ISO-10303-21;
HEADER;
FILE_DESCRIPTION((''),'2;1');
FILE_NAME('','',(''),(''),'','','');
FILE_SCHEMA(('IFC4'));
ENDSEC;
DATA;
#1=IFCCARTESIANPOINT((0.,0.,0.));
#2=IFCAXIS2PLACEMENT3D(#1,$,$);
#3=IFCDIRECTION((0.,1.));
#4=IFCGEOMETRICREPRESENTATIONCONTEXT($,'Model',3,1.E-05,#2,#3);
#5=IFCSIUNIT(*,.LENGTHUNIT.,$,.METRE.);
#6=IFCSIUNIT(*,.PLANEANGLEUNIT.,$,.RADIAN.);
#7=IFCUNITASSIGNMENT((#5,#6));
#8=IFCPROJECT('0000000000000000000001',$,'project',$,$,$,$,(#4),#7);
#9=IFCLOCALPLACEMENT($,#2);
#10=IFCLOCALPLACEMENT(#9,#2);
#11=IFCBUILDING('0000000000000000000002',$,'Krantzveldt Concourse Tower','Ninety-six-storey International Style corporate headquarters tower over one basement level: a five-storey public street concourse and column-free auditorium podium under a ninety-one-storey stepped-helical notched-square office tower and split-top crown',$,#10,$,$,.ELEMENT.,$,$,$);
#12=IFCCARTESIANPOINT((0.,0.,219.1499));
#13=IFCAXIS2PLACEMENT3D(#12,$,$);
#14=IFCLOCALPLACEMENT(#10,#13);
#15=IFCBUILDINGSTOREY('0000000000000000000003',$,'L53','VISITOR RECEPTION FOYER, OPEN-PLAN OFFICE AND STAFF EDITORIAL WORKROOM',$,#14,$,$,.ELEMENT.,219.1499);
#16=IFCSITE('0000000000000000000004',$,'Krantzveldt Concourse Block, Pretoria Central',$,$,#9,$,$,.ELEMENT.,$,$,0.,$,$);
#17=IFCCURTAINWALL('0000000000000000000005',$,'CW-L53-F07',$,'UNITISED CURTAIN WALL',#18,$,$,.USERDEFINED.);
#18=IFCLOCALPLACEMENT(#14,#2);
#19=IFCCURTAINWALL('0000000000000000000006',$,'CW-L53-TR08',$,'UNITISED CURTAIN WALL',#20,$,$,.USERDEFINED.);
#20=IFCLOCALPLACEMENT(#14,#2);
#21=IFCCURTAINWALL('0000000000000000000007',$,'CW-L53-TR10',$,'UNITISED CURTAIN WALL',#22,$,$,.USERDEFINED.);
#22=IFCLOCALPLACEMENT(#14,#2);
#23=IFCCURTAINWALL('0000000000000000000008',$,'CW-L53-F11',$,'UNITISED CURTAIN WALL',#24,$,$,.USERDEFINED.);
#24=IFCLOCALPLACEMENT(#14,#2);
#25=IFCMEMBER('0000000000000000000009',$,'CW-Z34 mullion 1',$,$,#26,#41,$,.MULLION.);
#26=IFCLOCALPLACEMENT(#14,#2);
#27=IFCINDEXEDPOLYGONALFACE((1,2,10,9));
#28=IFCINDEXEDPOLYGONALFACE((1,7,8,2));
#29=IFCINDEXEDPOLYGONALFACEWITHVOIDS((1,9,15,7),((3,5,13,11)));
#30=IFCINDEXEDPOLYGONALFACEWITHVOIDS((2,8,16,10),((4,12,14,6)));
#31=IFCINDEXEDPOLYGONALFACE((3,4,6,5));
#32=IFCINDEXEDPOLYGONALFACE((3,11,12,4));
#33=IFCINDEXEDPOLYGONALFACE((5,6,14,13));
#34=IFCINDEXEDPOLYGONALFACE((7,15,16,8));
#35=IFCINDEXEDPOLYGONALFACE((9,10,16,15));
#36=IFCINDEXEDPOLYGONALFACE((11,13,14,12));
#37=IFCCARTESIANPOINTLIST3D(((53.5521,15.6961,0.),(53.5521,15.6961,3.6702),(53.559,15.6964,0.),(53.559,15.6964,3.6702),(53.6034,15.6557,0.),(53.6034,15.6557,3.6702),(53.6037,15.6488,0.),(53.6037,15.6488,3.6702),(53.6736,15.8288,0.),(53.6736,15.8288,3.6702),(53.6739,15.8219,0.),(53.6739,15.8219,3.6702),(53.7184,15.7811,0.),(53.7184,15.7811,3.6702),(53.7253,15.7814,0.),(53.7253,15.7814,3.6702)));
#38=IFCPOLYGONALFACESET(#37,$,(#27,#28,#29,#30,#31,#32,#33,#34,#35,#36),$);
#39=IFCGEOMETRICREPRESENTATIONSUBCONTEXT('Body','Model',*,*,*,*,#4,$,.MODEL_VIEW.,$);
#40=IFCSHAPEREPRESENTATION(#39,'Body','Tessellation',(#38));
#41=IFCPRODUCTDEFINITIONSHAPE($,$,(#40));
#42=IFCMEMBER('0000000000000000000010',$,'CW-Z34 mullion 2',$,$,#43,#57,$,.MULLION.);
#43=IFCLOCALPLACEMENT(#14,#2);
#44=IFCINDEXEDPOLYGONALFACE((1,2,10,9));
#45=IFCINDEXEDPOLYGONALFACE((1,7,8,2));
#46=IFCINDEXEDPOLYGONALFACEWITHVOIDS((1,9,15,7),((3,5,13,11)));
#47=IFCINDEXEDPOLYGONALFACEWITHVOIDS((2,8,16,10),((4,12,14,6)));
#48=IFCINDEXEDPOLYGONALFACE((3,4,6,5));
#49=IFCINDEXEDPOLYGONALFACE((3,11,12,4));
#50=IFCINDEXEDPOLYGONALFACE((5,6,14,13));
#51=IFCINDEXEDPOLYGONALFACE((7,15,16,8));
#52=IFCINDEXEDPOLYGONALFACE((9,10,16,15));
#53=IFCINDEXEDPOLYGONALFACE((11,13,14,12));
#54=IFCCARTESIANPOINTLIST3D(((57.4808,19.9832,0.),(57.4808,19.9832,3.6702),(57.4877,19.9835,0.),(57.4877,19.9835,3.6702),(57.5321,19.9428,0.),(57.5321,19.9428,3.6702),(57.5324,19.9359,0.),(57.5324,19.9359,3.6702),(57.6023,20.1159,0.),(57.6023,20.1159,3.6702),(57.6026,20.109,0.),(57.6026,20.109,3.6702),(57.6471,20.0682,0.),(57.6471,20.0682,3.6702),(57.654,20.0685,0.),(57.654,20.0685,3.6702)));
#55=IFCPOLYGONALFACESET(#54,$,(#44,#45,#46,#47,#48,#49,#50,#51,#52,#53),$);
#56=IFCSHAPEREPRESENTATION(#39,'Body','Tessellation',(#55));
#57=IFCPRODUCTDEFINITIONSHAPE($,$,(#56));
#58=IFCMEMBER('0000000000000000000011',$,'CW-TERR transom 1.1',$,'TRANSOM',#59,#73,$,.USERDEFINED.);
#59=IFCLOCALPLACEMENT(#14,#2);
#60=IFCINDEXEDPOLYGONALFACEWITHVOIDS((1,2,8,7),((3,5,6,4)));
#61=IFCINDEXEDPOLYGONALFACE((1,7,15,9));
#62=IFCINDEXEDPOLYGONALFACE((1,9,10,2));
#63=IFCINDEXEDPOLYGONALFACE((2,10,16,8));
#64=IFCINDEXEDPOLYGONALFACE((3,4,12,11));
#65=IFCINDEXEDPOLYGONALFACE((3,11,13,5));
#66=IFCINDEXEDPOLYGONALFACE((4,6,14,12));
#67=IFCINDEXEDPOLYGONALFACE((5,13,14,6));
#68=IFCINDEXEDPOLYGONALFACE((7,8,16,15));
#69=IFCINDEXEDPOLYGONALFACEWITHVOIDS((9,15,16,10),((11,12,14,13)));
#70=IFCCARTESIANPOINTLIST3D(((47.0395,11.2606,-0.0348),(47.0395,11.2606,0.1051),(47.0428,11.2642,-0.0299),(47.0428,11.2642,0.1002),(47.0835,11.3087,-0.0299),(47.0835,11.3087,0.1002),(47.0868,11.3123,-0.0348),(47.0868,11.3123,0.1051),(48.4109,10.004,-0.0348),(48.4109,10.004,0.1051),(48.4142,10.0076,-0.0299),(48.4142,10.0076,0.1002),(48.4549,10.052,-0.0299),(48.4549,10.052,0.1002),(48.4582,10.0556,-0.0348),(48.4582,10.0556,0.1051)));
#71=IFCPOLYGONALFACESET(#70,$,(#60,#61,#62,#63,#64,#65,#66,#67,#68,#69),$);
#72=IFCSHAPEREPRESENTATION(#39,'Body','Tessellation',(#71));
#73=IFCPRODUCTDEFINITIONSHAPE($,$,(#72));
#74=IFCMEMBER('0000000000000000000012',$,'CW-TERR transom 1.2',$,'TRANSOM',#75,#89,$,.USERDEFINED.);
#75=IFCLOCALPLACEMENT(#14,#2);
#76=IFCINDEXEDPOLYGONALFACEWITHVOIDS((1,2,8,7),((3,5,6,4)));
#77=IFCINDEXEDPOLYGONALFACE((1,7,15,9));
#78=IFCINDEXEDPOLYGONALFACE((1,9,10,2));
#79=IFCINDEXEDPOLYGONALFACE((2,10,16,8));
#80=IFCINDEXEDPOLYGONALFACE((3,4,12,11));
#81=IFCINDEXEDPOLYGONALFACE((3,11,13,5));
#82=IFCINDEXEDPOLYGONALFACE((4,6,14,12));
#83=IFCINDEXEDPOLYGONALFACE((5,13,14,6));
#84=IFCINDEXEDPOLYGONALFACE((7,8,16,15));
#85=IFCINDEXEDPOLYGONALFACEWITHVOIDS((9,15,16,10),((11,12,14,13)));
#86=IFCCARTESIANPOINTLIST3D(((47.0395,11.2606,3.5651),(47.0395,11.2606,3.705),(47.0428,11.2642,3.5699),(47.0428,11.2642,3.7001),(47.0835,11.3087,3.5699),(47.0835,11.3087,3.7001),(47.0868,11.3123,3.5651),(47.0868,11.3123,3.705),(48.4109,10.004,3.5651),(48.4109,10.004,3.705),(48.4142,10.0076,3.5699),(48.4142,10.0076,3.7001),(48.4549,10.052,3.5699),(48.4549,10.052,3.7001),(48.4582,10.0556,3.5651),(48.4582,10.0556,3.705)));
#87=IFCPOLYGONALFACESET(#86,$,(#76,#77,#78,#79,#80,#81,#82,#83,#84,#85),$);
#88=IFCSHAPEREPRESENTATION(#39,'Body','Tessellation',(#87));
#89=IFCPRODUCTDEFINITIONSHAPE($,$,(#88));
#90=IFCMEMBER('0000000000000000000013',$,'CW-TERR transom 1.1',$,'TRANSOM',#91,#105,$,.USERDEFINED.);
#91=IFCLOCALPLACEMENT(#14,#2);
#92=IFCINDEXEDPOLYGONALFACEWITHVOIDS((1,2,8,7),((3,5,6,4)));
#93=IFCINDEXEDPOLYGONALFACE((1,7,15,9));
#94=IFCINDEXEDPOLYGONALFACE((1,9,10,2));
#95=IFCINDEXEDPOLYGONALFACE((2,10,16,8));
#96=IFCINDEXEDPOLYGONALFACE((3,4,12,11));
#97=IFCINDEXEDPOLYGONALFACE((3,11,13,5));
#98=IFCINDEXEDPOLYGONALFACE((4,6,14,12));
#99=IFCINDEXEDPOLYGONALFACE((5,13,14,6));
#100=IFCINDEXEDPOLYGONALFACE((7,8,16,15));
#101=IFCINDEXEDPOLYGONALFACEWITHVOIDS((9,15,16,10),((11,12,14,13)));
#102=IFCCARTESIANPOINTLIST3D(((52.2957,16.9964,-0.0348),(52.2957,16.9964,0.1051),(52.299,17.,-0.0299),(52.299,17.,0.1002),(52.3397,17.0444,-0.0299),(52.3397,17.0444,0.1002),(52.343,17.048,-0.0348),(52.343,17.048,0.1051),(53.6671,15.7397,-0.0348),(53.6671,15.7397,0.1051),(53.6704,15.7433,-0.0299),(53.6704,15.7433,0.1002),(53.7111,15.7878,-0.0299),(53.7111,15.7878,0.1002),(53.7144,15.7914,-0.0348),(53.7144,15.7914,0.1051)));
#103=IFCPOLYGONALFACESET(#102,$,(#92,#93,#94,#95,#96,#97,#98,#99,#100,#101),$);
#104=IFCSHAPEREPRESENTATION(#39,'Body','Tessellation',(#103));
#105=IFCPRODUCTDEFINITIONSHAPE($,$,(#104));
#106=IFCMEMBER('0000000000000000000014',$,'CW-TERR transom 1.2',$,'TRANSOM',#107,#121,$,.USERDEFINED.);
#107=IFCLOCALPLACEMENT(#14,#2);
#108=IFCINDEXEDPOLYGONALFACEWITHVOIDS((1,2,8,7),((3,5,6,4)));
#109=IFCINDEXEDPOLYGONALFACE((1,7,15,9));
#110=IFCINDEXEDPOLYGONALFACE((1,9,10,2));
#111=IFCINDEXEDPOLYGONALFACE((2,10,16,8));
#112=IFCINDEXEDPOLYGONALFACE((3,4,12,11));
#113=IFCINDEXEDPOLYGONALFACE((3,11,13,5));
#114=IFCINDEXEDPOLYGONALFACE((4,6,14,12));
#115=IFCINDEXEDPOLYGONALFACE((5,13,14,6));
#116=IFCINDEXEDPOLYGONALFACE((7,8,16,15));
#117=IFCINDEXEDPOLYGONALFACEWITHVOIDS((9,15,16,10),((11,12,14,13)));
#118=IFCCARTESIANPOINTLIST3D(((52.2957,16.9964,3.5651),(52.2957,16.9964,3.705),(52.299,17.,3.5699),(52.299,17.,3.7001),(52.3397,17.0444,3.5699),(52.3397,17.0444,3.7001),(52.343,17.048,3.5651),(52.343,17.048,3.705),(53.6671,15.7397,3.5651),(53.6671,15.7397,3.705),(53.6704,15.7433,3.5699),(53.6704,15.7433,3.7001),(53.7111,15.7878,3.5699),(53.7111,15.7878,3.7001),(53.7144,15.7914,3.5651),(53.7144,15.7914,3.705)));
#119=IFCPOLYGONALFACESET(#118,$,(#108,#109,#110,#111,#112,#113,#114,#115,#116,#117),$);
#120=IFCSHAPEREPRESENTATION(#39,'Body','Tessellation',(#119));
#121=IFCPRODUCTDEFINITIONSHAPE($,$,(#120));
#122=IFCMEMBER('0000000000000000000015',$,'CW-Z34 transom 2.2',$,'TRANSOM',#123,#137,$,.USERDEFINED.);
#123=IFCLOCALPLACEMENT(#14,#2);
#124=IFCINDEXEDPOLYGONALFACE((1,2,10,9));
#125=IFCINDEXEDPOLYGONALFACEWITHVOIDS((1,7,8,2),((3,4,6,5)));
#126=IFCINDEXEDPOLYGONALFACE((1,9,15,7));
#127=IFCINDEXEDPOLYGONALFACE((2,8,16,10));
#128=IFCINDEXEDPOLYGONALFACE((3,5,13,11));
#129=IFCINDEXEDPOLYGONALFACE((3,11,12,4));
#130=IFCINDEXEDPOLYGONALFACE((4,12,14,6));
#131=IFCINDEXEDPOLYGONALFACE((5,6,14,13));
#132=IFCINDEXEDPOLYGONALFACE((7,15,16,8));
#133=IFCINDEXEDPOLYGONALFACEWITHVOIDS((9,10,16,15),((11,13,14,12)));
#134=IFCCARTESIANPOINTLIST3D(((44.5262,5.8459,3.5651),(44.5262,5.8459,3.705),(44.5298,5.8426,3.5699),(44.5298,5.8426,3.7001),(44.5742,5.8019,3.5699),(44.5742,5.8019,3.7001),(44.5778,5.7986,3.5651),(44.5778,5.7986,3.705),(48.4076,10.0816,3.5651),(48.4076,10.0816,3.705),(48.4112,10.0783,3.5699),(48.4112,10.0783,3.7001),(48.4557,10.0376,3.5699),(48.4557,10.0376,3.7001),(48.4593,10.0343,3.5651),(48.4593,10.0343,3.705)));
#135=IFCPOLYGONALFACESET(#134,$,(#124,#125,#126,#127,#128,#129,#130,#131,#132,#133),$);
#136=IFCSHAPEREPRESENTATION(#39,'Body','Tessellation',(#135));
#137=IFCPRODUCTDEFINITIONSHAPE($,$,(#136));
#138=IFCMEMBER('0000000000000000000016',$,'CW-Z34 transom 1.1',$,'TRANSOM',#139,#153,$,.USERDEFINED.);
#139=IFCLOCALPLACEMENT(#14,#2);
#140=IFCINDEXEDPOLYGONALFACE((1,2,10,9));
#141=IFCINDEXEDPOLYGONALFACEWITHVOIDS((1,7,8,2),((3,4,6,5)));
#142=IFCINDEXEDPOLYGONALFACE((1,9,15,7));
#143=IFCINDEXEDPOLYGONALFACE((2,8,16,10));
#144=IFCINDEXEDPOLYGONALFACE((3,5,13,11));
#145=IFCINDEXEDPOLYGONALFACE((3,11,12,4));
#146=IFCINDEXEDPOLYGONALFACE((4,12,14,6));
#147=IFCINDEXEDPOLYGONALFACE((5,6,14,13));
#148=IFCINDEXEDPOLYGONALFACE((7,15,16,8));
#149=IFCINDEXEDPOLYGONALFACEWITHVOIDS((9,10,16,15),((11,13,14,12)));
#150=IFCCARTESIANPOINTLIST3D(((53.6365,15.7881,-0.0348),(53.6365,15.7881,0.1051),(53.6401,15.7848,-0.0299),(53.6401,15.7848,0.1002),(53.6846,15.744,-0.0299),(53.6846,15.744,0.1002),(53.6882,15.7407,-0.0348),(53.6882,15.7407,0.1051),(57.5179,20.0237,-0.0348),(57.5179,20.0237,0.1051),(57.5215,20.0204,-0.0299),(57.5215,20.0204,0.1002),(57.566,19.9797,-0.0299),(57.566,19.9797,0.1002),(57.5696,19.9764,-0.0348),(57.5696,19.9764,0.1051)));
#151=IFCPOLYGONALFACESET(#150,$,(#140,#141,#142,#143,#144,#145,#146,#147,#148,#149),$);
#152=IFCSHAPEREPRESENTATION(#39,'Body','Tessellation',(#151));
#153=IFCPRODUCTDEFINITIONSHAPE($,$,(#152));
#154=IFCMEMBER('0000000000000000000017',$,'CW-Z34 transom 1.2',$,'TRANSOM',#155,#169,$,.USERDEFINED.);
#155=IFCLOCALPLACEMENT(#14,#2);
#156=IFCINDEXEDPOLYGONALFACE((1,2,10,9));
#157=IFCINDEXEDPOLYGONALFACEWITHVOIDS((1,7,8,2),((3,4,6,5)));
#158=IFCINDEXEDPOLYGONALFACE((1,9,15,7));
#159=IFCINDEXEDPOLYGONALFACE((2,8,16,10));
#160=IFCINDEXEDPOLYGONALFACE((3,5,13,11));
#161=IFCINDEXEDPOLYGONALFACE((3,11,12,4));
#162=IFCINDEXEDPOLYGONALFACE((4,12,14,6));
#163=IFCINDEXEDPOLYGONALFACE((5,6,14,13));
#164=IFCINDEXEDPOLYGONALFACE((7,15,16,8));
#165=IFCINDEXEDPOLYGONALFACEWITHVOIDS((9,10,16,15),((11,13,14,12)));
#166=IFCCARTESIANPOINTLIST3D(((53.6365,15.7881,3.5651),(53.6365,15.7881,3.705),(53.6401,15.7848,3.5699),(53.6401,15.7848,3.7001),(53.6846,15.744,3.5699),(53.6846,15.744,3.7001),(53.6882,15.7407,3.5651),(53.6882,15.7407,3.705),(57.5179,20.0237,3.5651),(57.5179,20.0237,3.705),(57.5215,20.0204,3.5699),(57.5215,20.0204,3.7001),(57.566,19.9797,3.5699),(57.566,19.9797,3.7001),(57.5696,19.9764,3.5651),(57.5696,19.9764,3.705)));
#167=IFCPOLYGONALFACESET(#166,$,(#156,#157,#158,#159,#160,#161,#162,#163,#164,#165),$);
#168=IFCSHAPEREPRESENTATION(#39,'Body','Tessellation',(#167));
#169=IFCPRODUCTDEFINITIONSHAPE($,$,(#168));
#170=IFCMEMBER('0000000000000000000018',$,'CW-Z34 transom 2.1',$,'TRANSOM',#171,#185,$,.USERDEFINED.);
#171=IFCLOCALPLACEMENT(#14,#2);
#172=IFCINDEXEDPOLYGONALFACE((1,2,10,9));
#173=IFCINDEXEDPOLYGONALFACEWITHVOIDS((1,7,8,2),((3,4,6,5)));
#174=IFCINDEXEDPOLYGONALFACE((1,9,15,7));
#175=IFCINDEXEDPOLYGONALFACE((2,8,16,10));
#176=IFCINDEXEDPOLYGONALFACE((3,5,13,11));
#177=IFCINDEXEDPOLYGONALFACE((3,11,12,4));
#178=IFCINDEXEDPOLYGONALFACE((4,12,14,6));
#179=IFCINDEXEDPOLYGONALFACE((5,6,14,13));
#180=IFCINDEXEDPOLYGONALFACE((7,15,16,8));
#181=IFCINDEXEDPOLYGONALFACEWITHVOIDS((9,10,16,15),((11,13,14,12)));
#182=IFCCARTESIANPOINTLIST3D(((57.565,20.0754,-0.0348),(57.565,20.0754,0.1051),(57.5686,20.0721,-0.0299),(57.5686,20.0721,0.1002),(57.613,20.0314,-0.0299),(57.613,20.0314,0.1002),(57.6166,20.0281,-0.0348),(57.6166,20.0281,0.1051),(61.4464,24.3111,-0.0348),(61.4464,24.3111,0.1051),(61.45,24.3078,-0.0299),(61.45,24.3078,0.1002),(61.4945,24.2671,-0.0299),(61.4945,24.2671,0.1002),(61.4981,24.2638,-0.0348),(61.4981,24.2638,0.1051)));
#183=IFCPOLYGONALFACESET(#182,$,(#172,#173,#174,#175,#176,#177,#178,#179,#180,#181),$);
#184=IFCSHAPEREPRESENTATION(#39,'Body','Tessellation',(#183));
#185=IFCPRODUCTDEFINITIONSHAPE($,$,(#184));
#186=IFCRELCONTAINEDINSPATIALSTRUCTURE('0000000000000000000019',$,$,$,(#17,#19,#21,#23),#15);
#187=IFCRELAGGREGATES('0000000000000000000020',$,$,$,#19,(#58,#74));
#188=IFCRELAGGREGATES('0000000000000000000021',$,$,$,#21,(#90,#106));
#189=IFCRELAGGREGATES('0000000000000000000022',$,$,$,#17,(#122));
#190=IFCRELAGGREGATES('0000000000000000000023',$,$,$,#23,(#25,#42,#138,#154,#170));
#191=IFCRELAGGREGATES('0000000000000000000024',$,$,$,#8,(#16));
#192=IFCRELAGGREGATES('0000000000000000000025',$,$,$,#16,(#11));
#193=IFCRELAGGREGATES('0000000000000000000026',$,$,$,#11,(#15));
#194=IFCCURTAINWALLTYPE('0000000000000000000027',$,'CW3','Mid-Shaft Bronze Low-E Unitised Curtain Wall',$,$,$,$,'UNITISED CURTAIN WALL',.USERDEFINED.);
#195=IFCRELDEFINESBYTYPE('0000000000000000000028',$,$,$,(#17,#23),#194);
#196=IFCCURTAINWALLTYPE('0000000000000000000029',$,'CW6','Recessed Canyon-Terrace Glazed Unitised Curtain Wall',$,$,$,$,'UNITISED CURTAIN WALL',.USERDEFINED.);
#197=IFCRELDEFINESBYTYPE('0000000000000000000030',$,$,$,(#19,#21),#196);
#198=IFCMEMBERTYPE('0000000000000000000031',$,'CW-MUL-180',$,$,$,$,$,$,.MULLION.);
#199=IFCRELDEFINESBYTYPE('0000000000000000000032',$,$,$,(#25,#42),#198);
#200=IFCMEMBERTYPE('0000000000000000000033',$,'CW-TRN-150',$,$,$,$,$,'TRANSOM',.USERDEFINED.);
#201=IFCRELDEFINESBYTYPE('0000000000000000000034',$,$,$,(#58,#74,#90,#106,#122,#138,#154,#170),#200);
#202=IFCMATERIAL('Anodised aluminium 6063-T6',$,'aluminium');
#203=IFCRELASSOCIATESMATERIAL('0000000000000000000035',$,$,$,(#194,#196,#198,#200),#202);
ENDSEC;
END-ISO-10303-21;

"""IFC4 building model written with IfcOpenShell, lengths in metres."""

from ifc_helpers import new_model, si_unit, direction, frame, origin, origin_2d, place, context, subcontext, project, spatial, hollow_rectangle, extrude, source, transform, mapped, material, material_profile, profile_set, type_object, type_shapes, element, aggregate, save


model = new_model("IFC4")

# Units and contexts
model_context = context("Model", 3, precision=1e-05, world=origin(), true_north=direction((0.0, 1.0)))
body_context = subcontext(model_context, "Body", "Model", "MODEL_VIEW")
ifc_project = project(units=[si_unit("LENGTHUNIT", "METRE"), si_unit("PLANEANGLEUNIT", "RADIAN")], contexts=[model_context])

# Site, building, storey
site_placement = place(None, origin())
site = spatial("IfcSite", under=ifc_project, at=site_placement, Name="Krantzveldt Concourse Block, Pretoria Central", CompositionType="ELEMENT", RefElevation=0.0)
building_placement = place(site_placement, origin())
building = spatial("IfcBuilding", under=site, at=building_placement, Name="Krantzveldt Concourse Tower", Description="Ninety-six-storey International Style corporate headquarters tower over one basement level: a five-storey public street concourse and column-free auditorium podium under a ninety-one-storey stepped-helical notched-square office tower and split-top crown", CompositionType="ELEMENT")
storey_placement = place(building_placement, frame((0.0, 0.0, 219.1499)))
storey = spatial("IfcBuildingStorey", under=building, at=storey_placement, Name="L53", Description="VISITOR RECEPTION FOYER, OPEN-PLAN OFFICE AND STAFF EDITORIAL WORKROOM", CompositionType="ELEMENT", Elevation=219.1499)

# Curtain wall
ifc_material_1 = material(Name="Anodised aluminium 6063-T6", Category="aluminium")
curtain_wall_type_1 = type_object("IfcCurtainWallType", Name="CW3", Description="Mid-Shaft Bronze Low-E Unitised Curtain Wall", ElementType="UNITISED CURTAIN WALL", PredefinedType="USERDEFINED", material=ifc_material_1)
curtain_wall_1_placement = place(storey_placement, origin())
curtain_wall_1 = element("IfcCurtainWall", 1, at=curtain_wall_1_placement, inside=storey, type_object=curtain_wall_type_1, Name="CW-L53-F07", ObjectType="UNITISED CURTAIN WALL", PredefinedType="USERDEFINED")
ifc_material_profile_1 = material_profile(ifc_material_1, hollow_rectangle(XDim=0.0701, YDim=0.1799, WallThickness=0.0049, at=origin_2d()), Name="Anodised aluminium 6063-T6", Category="aluminium")
ifc_profile_set_1 = profile_set([ifc_material_profile_1], Name="Anodised aluminium 6063-T6 - ALU-MULL 180x70x5")
member_type_1 = type_object("IfcMemberType", Name="CW-MUL-180", PredefinedType="MULLION", material=ifc_profile_set_1)
shared_shape_1 = source(origin(), body_context, "Body", "SweptSolid", [
    extrude(hollow_rectangle(XDim=0.0701, YDim=0.1799, WallThickness=0.0049, at=origin_2d()), origin(), (0.0, 0.0, 1.0), 3.6702),
])
type_shapes(member_type_1, [shared_shape_1])

# Curtain walls, members
curtain_wall_type_2 = type_object("IfcCurtainWallType", Name="CW6", Description="Recessed Canyon-Terrace Glazed Unitised Curtain Wall", ElementType="UNITISED CURTAIN WALL", PredefinedType="USERDEFINED", material=ifc_material_1)
curtain_wall_2_placement = place(storey_placement, origin())
curtain_wall_2 = element("IfcCurtainWall", 2, at=curtain_wall_2_placement, inside=storey, type_object=curtain_wall_type_2, Name="CW-L53-TR08", ObjectType="UNITISED CURTAIN WALL", PredefinedType="USERDEFINED")
curtain_wall_3_placement = place(storey_placement, origin())
curtain_wall_3 = element("IfcCurtainWall", 3, at=curtain_wall_3_placement, inside=storey, type_object=curtain_wall_type_2, Name="CW-L53-TR10", ObjectType="UNITISED CURTAIN WALL", PredefinedType="USERDEFINED")
curtain_wall_4_placement = place(storey_placement, origin())
curtain_wall_4 = element("IfcCurtainWall", 4, at=curtain_wall_4_placement, inside=storey, type_object=curtain_wall_type_1, Name="CW-L53-F11", ObjectType="UNITISED CURTAIN WALL", PredefinedType="USERDEFINED")
member_1_placement = place(storey_placement, frame((53.6387, 15.7388, 0.0), z_axis=(0.0, 0.0, 1.0), x_axis=(-0.737278, 0.67559, 0.0)))
member_1 = element("IfcMember", 5, at=member_1_placement, type_object=member_type_1, Name="CW-Z34 mullion 1", PredefinedType="MULLION", context=body_context, shape_type="MappedRepresentation", body=[
    mapped(shared_shape_1, transform((0.0, 0.0, 0.0), x_axis=(1.0, 0.0, 0.0), y_axis=(0.0, 1.0, 0.0), z_axis=(0.0, 0.0, 1.0), scale=1.0)),
])
member_2_placement = place(storey_placement, frame((57.5674, 20.0259, 0.0), z_axis=(0.0, 0.0, 1.0), x_axis=(-0.737278, 0.67559, 0.0)))
member_2 = element("IfcMember", 6, at=member_2_placement, type_object=member_type_1, Name="CW-Z34 mullion 2", PredefinedType="MULLION", context=body_context, shape_type="MappedRepresentation", body=[
    mapped(shared_shape_1, transform((0.0, 0.0, 0.0), x_axis=(1.0, 0.0, 0.0), y_axis=(0.0, 1.0, 0.0), z_axis=(0.0, 0.0, 1.0), scale=1.0)),
])

# Members
ifc_material_profile_2 = material_profile(ifc_material_1, hollow_rectangle(XDim=0.0701, YDim=0.1399, WallThickness=0.0049, at=origin_2d()), Name="Anodised aluminium 6063-T6", Category="aluminium")
ifc_profile_set_2 = profile_set([ifc_material_profile_2], Name="Anodised aluminium 6063-T6 - ALU-TRAN 140x70x5")
member_type_2 = type_object("IfcMemberType", Name="CW-TRN-150", ElementType="TRANSOM", PredefinedType="USERDEFINED", material=ifc_profile_set_2)
shared_shape_2 = source(origin(), body_context, "Body", "SweptSolid", [
    extrude(hollow_rectangle(XDim=0.0701, YDim=0.1399, WallThickness=0.0049, at=origin_2d()), origin(), (0.0, 0.0, 1.0), 1.8601),
])
member_3_placement = place(storey_placement, frame((48.4346, 10.0298, 0.0352), z_axis=(-0.737279, 0.675588, 0.0), x_axis=(-0.675588, -0.737279, 0.0)))
member_3 = element("IfcMember", 7, at=member_3_placement, type_object=member_type_2, Name="CW-TERR transom 1.1", ObjectType="TRANSOM", PredefinedType="USERDEFINED", context=body_context, shape_type="MappedRepresentation", body=[
    mapped(shared_shape_2, transform((0.0, 0.0, 0.0), x_axis=(1.0, 0.0, 0.0), y_axis=(0.0, 1.0, 0.0), z_axis=(0.0, 0.0, 1.0), scale=1.0)),
])
member_4_placement = place(storey_placement, frame((48.4346, 10.0298, 3.635), z_axis=(-0.737279, 0.675588, 0.0), x_axis=(-0.675588, -0.737279, 0.0)))
member_4 = element("IfcMember", 8, at=member_4_placement, type_object=member_type_2, Name="CW-TERR transom 1.2", ObjectType="TRANSOM", PredefinedType="USERDEFINED", context=body_context, shape_type="MappedRepresentation", body=[
    mapped(shared_shape_2, transform((0.0, 0.0, 0.0), x_axis=(1.0, 0.0, 0.0), y_axis=(0.0, 1.0, 0.0), z_axis=(0.0, 0.0, 1.0), scale=1.0)),
])
member_5_placement = place(storey_placement, frame((52.3193, 17.0222, 0.0352), z_axis=(0.737279, -0.675588, 0.0), x_axis=(0.675588, 0.737279, 0.0)))
member_5 = element("IfcMember", 9, at=member_5_placement, type_object=member_type_2, Name="CW-TERR transom 1.1", ObjectType="TRANSOM", PredefinedType="USERDEFINED", context=body_context, shape_type="MappedRepresentation", body=[
    mapped(shared_shape_2, transform((0.0, 0.0, 0.0), x_axis=(1.0, 0.0, 0.0), y_axis=(0.0, 1.0, 0.0), z_axis=(0.0, 0.0, 1.0), scale=1.0)),
])
member_6_placement = place(storey_placement, frame((52.3193, 17.0222, 3.635), z_axis=(0.737279, -0.675588, 0.0), x_axis=(0.675588, 0.737279, 0.0)))
member_6 = element("IfcMember", 10, at=member_6_placement, type_object=member_type_2, Name="CW-TERR transom 1.2", ObjectType="TRANSOM", PredefinedType="USERDEFINED", context=body_context, shape_type="MappedRepresentation", body=[
    mapped(shared_shape_2, transform((0.0, 0.0, 0.0), x_axis=(1.0, 0.0, 0.0), y_axis=(0.0, 1.0, 0.0), z_axis=(0.0, 0.0, 1.0), scale=1.0)),
])
shared_shape_3 = source(origin(), body_context, "Body", "SweptSolid", [
    extrude(hollow_rectangle(XDim=0.0701, YDim=0.1399, WallThickness=0.0049, at=origin_2d()), origin(), (0.0, 0.0, 1.0), 5.7451),
])
type_shapes(member_type_2, [shared_shape_2, shared_shape_3])
member_7_placement = place(storey_placement, frame((44.552, 5.8223, 3.635), z_axis=(0.675603, 0.737265, 0.0), x_axis=(-0.737265, 0.675603, 0.0)))
member_7 = element("IfcMember", 11, at=member_7_placement, type_object=member_type_2, Name="CW-Z34 transom 2.2", ObjectType="TRANSOM", PredefinedType="USERDEFINED", context=body_context, shape_type="MappedRepresentation", body=[
    mapped(shared_shape_3, transform((0.0, 0.0, 0.0), x_axis=(1.0, 0.0, 0.0), y_axis=(0.0, 1.0, 0.0), z_axis=(0.0, 0.0, 1.0), scale=1.0)),
])
member_8_placement = place(storey_placement, frame((53.6624, 15.7644, 0.0352), z_axis=(0.675603, 0.737265, 0.0), x_axis=(-0.737265, 0.675603, 0.0)))
member_8 = element("IfcMember", 12, at=member_8_placement, type_object=member_type_2, Name="CW-Z34 transom 1.1", ObjectType="TRANSOM", PredefinedType="USERDEFINED", context=body_context, shape_type="MappedRepresentation", body=[
    mapped(shared_shape_3, transform((0.0, 0.0, 0.0), x_axis=(1.0, 0.0, 0.0), y_axis=(0.0, 1.0, 0.0), z_axis=(0.0, 0.0, 1.0), scale=1.0)),
])
member_9_placement = place(storey_placement, frame((53.6624, 15.7644, 3.635), z_axis=(0.675603, 0.737265, 0.0), x_axis=(-0.737265, 0.675603, 0.0)))
member_9 = element("IfcMember", 13, at=member_9_placement, type_object=member_type_2, Name="CW-Z34 transom 1.2", ObjectType="TRANSOM", PredefinedType="USERDEFINED", context=body_context, shape_type="MappedRepresentation", body=[
    mapped(shared_shape_3, transform((0.0, 0.0, 0.0), x_axis=(1.0, 0.0, 0.0), y_axis=(0.0, 1.0, 0.0), z_axis=(0.0, 0.0, 1.0), scale=1.0)),
])
member_10_placement = place(storey_placement, frame((57.5908, 20.0518, 0.0352), z_axis=(0.675603, 0.737265, 0.0), x_axis=(-0.737265, 0.675603, 0.0)))
member_10 = element("IfcMember", 14, at=member_10_placement, type_object=member_type_2, Name="CW-Z34 transom 2.1", ObjectType="TRANSOM", PredefinedType="USERDEFINED", context=body_context, shape_type="MappedRepresentation", body=[
    mapped(shared_shape_3, transform((0.0, 0.0, 0.0), x_axis=(1.0, 0.0, 0.0), y_axis=(0.0, 1.0, 0.0), z_axis=(0.0, 0.0, 1.0), scale=1.0)),
])

aggregate(curtain_wall_2, [member_3, member_4])
aggregate(curtain_wall_3, [member_5, member_6])
aggregate(curtain_wall_1, [member_7])
aggregate(curtain_wall_4, [member_1, member_2, member_8, member_9, member_10])

save(model, "model.ifc")
